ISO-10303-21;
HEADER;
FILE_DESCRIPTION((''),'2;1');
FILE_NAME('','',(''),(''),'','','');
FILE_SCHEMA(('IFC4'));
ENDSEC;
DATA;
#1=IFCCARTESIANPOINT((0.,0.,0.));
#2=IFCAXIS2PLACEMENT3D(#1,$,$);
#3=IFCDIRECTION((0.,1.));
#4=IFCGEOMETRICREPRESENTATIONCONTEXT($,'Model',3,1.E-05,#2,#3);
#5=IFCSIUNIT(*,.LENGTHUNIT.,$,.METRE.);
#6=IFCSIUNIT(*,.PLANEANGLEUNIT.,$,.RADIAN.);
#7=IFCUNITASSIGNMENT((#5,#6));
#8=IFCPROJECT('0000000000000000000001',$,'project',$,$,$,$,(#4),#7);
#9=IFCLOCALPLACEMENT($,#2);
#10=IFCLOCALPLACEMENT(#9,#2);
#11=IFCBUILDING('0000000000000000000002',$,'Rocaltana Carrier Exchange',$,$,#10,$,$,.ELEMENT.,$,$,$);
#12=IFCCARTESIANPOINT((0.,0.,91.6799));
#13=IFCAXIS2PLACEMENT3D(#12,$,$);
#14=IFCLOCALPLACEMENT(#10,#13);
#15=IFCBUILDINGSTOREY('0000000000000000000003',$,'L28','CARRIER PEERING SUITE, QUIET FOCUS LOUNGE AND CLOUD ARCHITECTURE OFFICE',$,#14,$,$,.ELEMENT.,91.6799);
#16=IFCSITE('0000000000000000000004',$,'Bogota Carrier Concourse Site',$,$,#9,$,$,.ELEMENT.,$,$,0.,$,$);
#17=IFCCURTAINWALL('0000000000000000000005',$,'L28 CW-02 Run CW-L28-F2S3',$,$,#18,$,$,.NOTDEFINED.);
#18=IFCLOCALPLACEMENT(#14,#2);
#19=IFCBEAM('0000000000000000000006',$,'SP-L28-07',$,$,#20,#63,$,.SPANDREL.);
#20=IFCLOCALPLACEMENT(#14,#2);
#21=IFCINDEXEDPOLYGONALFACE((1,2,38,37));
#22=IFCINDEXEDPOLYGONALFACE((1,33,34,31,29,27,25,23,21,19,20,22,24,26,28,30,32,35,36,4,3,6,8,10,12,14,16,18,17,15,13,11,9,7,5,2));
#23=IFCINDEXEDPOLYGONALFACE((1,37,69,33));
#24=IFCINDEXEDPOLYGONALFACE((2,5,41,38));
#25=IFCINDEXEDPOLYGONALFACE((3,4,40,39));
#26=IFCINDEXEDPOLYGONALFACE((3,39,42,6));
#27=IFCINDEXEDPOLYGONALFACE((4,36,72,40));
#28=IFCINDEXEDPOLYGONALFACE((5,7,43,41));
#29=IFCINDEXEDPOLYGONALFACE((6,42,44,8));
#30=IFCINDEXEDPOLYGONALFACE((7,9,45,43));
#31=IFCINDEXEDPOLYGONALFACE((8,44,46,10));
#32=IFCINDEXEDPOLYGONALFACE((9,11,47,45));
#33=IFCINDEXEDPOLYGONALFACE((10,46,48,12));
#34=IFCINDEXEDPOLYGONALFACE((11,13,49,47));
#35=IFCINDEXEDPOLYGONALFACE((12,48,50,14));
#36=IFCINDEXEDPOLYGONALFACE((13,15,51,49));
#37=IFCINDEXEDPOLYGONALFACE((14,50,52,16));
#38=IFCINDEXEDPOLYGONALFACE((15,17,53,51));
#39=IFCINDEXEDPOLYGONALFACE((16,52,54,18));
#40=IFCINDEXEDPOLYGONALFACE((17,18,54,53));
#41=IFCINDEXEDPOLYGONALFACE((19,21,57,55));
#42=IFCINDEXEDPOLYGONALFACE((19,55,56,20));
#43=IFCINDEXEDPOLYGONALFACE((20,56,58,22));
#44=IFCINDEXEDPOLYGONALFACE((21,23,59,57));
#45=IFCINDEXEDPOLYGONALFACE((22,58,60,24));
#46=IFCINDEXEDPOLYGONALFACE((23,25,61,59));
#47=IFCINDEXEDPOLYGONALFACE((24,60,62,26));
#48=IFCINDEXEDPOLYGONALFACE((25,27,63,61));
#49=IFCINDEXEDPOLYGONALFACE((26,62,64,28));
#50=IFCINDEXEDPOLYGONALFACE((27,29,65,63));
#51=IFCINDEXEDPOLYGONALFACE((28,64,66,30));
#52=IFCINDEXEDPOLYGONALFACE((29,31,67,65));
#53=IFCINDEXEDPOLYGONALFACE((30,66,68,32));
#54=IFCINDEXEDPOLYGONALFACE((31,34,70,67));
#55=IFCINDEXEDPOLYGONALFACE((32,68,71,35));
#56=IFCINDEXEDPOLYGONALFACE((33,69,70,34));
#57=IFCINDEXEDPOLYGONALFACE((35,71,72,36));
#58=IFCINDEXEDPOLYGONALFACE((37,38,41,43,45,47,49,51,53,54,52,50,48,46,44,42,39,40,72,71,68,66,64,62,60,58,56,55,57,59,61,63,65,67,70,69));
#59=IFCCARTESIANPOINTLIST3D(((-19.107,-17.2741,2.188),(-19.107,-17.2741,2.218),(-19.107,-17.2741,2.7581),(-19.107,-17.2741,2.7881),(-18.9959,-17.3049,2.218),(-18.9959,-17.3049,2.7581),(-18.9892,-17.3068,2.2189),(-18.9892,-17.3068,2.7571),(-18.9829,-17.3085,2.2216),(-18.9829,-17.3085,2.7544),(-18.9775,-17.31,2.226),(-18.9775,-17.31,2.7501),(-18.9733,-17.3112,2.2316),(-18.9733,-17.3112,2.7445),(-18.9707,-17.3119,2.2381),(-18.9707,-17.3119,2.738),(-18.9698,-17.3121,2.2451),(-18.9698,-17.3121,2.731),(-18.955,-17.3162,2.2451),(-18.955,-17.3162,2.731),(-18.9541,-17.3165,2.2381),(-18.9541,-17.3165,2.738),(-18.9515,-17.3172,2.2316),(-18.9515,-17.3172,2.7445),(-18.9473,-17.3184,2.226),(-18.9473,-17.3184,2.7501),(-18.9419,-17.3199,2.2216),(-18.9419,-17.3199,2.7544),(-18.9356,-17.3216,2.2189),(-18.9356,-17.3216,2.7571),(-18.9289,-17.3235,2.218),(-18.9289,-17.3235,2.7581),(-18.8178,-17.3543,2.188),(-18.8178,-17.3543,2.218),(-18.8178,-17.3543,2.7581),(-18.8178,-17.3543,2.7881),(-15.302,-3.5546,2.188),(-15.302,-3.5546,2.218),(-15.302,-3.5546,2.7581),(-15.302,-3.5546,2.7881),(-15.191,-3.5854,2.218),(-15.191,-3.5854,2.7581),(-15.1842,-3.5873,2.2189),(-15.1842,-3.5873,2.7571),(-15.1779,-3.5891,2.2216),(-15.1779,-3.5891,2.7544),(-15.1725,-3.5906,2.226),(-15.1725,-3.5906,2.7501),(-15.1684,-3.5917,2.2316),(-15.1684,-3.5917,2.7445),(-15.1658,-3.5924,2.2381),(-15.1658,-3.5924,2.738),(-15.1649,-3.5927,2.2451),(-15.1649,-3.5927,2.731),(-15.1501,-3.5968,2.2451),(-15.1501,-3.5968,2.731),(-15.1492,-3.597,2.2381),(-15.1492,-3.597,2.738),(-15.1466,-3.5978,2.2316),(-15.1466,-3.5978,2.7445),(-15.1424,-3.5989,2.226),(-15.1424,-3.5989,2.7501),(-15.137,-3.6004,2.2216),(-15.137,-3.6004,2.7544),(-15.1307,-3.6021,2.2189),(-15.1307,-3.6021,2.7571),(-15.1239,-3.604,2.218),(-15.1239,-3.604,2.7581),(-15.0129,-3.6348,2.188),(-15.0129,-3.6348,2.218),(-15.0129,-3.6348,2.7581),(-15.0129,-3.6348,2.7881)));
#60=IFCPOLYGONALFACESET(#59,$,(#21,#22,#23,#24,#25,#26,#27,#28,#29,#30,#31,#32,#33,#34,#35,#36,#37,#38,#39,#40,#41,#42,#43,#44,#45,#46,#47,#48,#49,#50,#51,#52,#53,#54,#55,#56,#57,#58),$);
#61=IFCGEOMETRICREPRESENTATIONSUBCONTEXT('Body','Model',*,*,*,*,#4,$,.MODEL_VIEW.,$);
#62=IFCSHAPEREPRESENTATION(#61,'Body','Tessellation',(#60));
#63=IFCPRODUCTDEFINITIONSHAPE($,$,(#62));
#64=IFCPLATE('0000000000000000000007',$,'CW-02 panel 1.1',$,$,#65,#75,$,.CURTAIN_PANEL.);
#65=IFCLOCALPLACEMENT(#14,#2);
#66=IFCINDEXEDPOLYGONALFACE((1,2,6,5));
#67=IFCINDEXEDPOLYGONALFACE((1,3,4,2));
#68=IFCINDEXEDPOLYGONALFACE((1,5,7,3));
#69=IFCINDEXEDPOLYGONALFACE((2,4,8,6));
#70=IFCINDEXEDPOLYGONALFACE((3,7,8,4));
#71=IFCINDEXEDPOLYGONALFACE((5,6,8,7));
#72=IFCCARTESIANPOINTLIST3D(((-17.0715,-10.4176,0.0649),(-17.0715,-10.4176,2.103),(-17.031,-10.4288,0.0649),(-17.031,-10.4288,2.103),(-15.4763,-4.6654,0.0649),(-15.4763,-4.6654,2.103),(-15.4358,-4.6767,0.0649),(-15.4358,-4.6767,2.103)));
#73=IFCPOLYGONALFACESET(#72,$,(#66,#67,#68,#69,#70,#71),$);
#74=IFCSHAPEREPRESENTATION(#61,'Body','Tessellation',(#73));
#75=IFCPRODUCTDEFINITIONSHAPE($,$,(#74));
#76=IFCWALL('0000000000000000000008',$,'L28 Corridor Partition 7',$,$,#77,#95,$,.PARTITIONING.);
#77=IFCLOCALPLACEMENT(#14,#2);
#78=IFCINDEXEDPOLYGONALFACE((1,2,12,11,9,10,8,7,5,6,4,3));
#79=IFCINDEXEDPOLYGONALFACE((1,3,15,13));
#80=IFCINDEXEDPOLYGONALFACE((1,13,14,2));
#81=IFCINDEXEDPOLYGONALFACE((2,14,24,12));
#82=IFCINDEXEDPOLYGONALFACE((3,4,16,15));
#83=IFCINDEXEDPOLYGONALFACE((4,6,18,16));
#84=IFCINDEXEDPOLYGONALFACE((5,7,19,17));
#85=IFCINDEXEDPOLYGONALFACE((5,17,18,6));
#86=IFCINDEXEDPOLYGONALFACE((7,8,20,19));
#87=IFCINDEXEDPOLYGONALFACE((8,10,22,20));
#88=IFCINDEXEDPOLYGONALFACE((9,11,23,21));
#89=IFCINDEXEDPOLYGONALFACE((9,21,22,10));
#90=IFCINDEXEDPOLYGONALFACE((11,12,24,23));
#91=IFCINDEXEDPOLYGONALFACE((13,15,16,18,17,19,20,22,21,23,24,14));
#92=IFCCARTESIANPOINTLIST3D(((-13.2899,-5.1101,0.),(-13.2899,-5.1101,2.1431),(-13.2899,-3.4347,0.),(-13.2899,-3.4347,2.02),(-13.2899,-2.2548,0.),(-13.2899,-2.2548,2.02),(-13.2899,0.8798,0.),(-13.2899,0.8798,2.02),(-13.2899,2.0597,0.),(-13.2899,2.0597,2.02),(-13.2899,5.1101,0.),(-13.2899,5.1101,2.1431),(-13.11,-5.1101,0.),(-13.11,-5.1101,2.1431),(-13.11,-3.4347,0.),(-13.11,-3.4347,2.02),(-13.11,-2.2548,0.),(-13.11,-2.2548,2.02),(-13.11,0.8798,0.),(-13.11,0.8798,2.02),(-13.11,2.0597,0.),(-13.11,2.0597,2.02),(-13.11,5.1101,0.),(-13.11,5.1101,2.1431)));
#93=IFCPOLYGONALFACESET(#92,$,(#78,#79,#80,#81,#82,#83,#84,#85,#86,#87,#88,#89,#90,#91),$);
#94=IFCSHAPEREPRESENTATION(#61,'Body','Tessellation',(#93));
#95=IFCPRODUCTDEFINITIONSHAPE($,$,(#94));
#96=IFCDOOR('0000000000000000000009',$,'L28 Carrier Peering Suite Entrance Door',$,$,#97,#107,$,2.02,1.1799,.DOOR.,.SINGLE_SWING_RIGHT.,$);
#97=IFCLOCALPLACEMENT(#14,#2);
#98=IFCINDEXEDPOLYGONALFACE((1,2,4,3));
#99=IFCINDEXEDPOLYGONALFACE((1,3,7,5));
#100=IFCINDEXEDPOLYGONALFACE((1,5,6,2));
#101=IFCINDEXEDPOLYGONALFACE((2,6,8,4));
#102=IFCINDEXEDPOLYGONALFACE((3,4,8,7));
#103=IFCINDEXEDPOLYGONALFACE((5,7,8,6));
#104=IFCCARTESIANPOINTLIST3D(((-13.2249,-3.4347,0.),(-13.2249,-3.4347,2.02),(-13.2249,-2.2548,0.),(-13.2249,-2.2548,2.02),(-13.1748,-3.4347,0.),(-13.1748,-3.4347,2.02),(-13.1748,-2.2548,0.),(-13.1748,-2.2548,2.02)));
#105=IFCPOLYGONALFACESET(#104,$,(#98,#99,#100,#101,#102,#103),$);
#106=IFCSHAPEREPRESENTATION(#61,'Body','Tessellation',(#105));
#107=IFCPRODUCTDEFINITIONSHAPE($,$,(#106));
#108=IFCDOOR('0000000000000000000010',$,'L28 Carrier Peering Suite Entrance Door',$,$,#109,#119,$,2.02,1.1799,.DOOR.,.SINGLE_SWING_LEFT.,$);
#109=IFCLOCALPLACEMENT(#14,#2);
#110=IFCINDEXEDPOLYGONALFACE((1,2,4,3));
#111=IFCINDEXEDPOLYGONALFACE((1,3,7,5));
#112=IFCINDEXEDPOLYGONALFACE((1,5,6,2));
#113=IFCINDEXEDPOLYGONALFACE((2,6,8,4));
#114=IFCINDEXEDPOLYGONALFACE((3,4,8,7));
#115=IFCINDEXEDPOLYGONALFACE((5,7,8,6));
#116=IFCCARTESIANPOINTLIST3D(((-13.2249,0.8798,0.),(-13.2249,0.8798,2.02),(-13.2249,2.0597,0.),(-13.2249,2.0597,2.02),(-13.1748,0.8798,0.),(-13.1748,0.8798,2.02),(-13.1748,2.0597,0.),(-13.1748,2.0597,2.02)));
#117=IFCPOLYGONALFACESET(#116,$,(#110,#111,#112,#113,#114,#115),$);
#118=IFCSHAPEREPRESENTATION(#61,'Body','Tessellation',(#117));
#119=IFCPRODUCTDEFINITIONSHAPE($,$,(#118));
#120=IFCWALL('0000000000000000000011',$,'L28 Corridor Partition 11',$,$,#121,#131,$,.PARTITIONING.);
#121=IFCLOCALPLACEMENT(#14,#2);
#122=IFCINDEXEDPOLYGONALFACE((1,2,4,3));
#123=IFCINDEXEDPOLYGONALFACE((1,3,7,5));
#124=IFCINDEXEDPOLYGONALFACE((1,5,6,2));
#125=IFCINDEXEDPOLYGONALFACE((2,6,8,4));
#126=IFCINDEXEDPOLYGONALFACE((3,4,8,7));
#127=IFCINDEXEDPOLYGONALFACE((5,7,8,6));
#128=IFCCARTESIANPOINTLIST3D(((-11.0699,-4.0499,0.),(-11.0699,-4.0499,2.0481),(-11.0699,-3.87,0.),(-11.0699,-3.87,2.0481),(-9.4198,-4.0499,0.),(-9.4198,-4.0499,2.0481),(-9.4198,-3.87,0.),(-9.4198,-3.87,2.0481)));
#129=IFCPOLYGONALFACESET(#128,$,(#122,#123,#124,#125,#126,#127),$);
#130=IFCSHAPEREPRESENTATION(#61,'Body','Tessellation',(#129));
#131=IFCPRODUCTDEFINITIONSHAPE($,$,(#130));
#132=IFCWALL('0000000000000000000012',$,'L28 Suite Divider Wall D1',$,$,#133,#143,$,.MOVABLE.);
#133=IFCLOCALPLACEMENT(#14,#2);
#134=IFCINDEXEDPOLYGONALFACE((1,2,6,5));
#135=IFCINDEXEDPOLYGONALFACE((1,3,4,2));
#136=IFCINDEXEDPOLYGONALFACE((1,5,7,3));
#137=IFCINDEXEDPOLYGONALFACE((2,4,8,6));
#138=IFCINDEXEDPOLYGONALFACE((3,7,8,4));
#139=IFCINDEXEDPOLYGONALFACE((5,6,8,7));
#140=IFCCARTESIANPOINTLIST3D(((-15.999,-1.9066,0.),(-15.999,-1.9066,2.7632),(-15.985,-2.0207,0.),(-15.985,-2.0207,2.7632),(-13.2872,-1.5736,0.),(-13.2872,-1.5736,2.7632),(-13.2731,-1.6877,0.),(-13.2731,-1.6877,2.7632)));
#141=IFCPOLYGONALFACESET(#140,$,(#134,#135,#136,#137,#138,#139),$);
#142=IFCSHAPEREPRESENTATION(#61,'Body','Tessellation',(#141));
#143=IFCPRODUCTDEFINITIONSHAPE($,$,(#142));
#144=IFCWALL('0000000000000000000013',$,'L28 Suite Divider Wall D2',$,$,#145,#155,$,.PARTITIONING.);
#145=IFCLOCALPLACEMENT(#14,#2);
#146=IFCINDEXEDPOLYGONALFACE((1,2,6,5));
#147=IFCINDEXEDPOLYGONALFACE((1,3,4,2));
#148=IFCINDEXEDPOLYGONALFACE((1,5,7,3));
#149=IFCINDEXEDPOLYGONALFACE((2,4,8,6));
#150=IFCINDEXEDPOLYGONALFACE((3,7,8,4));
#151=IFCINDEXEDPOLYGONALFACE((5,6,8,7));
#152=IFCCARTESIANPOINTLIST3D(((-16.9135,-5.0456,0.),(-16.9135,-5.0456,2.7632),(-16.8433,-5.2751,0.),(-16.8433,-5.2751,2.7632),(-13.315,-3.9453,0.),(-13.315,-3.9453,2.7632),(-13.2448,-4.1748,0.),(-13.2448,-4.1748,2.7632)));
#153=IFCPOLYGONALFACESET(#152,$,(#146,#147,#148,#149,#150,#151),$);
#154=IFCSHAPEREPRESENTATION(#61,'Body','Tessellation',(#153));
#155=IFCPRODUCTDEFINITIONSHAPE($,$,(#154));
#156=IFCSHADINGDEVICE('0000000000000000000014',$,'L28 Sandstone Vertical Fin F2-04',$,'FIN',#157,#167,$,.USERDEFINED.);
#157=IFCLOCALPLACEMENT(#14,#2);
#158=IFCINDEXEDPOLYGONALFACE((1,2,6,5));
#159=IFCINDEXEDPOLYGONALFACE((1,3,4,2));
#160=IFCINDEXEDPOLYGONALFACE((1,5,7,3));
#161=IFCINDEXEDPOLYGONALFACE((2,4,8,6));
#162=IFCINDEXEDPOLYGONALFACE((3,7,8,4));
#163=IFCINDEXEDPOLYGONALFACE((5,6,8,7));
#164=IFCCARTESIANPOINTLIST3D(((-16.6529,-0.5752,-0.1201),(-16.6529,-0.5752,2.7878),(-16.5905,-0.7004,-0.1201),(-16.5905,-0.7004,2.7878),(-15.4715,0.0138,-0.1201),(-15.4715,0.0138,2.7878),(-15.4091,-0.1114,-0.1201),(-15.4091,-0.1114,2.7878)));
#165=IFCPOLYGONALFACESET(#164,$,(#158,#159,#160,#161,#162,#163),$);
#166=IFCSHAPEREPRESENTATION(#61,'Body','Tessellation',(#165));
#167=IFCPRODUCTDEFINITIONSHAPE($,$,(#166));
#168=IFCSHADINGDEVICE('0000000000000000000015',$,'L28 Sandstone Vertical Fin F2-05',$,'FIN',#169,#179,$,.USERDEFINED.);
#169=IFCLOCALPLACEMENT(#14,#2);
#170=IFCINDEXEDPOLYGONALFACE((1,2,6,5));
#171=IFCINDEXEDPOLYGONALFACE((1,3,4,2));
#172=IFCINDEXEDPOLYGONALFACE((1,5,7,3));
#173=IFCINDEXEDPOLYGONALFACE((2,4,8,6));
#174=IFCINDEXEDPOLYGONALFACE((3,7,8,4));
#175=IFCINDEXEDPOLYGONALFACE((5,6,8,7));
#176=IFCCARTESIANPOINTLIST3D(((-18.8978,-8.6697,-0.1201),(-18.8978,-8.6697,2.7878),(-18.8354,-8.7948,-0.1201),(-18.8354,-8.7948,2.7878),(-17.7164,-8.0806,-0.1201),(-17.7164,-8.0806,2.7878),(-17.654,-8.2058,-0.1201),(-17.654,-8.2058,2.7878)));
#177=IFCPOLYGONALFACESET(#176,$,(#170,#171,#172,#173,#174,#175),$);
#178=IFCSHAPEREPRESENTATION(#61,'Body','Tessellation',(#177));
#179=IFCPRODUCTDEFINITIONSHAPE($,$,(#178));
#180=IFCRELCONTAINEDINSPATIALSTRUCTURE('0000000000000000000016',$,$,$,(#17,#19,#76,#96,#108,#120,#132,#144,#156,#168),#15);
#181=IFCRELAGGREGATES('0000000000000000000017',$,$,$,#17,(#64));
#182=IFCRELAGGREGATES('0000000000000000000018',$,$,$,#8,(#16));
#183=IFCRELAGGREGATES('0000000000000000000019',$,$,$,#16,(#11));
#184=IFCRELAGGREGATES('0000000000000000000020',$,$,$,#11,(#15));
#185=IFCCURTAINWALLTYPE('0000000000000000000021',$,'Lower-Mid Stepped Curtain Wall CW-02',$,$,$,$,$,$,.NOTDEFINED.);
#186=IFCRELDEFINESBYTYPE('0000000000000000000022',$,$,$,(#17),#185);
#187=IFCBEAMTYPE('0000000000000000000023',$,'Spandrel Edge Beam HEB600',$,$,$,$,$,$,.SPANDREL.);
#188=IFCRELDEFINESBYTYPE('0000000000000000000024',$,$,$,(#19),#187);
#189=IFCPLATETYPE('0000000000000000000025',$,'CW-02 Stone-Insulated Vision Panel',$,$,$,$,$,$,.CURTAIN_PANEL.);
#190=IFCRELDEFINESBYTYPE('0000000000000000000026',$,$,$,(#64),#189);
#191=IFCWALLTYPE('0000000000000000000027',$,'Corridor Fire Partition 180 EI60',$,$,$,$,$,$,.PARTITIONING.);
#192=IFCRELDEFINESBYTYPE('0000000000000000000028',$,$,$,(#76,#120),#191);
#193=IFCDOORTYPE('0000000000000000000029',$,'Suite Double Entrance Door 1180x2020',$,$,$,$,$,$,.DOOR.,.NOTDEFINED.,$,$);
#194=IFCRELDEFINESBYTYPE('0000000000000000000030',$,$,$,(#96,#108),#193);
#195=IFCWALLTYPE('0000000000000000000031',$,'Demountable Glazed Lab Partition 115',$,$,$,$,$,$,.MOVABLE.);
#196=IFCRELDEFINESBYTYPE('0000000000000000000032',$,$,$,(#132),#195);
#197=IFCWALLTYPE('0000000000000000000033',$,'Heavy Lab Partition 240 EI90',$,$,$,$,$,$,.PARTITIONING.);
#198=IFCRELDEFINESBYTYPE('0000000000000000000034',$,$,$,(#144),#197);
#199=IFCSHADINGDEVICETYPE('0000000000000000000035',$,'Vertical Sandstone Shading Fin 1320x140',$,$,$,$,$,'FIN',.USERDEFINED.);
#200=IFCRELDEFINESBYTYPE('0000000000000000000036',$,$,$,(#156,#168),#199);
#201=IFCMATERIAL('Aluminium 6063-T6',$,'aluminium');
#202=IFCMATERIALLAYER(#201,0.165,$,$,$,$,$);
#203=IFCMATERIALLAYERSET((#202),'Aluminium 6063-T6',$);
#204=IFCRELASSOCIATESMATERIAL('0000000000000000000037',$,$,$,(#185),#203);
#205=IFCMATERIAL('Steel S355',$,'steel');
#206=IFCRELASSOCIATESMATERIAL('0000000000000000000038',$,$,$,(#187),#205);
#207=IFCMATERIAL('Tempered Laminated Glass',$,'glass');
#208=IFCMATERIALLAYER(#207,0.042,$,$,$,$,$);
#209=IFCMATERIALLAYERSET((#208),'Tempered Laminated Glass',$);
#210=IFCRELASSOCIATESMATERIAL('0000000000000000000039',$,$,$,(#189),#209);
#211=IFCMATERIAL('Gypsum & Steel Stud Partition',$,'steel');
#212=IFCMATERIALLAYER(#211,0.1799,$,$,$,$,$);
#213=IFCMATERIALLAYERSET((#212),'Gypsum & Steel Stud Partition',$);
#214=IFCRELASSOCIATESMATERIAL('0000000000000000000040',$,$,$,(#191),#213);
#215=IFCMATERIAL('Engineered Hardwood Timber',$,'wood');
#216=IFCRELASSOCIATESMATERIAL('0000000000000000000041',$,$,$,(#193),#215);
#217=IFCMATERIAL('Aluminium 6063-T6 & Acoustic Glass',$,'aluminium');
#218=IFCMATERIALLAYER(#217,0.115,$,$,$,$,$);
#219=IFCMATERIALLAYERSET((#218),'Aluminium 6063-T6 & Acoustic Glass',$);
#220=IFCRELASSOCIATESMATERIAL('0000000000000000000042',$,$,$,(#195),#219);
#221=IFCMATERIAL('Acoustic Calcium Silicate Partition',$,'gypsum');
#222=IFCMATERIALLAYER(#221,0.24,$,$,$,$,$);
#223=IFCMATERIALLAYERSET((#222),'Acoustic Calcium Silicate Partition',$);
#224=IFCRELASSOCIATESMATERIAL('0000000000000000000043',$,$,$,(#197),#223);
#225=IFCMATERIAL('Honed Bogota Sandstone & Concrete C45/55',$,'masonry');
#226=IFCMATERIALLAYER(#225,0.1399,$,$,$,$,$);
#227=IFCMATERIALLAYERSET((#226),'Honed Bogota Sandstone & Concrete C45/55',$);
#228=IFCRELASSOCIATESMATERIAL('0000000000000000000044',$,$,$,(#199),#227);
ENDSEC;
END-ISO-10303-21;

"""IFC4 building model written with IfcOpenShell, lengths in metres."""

from ifc_helpers import new_model, si_unit, direction, frame, frame_2d, origin, origin_2d, place, context, subcontext, project, spatial, rectangle, i_section, extrude, material, layer, layer_set, material_profile, profile_set, type_object, element, fill, aggregate, save


model = new_model("IFC4")

# Units and contexts
model_context = context("Model", 3, precision=1e-05, world=origin(), true_north=direction((0.0, 1.0)))
body_context = subcontext(model_context, "Body", "Model", "MODEL_VIEW")
ifc_project = project(units=[si_unit("LENGTHUNIT", "METRE"), si_unit("PLANEANGLEUNIT", "RADIAN")], contexts=[model_context])

# Site, building, storey
site_placement = place(None, origin())
site = spatial("IfcSite", under=ifc_project, at=site_placement, Name="Bogota Carrier Concourse Site", CompositionType="ELEMENT", RefElevation=0.0)
building_placement = place(site_placement, origin())
building = spatial("IfcBuilding", under=site, at=building_placement, Name="Rocaltana Carrier Exchange", CompositionType="ELEMENT")
storey_placement = place(building_placement, frame((0.0, 0.0, 91.6799)))
storey = spatial("IfcBuildingStorey", under=building, at=storey_placement, Name="L28", Description="CARRIER PEERING SUITE, QUIET FOCUS LOUNGE AND CLOUD ARCHITECTURE OFFICE", CompositionType="ELEMENT", Elevation=91.6799)

# Shared definitions
ifc_material_1 = material(Name="Aluminium 6063-T6", Category="aluminium")
ifc_layer_1 = layer(ifc_material_1, 0.165)
ifc_layer_set_1 = layer_set([ifc_layer_1], Name="Aluminium 6063-T6")
curtain_wall_type = type_object("IfcCurtainWallType", Name="Lower-Mid Stepped Curtain Wall CW-02", PredefinedType="NOTDEFINED", material=ifc_layer_set_1)

# Curtain wall
curtain_wall_1_placement = place(storey_placement, origin())
curtain_wall_1 = element("IfcCurtainWall", 1, at=curtain_wall_1_placement, inside=storey, type_object=curtain_wall_type, Name="L28 CW-02 Run CW-L28-F2S3", PredefinedType="NOTDEFINED")

# Beam
ifc_material_2 = material(Name="Steel S355", Category="steel")
ifc_material_profile_1 = material_profile(ifc_material_2, i_section(OverallWidth=0.3, OverallDepth=0.6001, WebThickness=0.0154, FlangeThickness=0.03, FilletRadius=0.0271, at=origin_2d()), Name="HEB600")
ifc_profile_set_1 = profile_set([ifc_material_profile_1], Name="Steel S355")
beam_type_1 = type_object("IfcBeamType", Name="Spandrel Edge Beam HEB600", PredefinedType="SPANDREL", material=ifc_profile_set_1)
beam_1_placement = place(storey_placement, frame((-15.1575, -3.5947, 2.488), z_axis=(-0.26725, -0.963627, 0.0), x_axis=(0.963627, -0.26725, 0.0)))
element("IfcBeam", 2, at=beam_1_placement, inside=storey, type_object=beam_type_1, Name="SP-L28-07", PredefinedType="SPANDREL", context=body_context, shape_type="SweptSolid", body=[
    extrude(i_section(OverallWidth=0.3, OverallDepth=0.6001, WebThickness=0.0154, FlangeThickness=0.03, FilletRadius=0.0271, at=origin_2d()), origin(), (0.0, 0.0, 1.0), 14.2373),
])

# Plate
ifc_material_3 = material(Name="Tempered Laminated Glass", Category="glass")
ifc_layer_2 = layer(ifc_material_3, 0.042)
ifc_layer_set_2 = layer_set([ifc_layer_2], Name="Tempered Laminated Glass")
plate_type = type_object("IfcPlateType", Name="CW-02 Stone-Insulated Vision Panel", PredefinedType="CURTAIN_PANEL", material=ifc_layer_set_2)
plate_placement = place(storey_placement, frame((-16.2537, -7.5471, 0.0649), z_axis=(0.0, 0.0, 1.0), x_axis=(-0.267243, -0.963629, 0.0)))
plate = element("IfcPlate", 3, at=plate_placement, type_object=plate_type, Name="CW-02 panel 1.1", PredefinedType="CURTAIN_PANEL", context=body_context, shape_type="SweptSolid", body=[
    extrude(rectangle(XDim=5.9692, YDim=0.042, at=origin_2d()), origin(), (0.0, 0.0, 1.0), 2.0381),
])
aggregate(curtain_wall_1, [plate])

# Wall, openings, doors
ifc_material_4 = material(Name="Gypsum & Steel Stud Partition", Category="steel")
ifc_layer_3 = layer(ifc_material_4, 0.1799)
ifc_layer_set_3 = layer_set([ifc_layer_3], Name="Gypsum & Steel Stud Partition")
wall_type_1 = type_object("IfcWallType", Name="Corridor Fire Partition 180 EI60", PredefinedType="PARTITIONING", material=ifc_layer_set_3)
wall_1_placement = place(storey_placement, frame((-13.2, -5.1101, 0.0), z_axis=(0.0, 0.0, 1.0), x_axis=(0.0, 1.0, 0.0)))
wall_1 = element("IfcWall", 4, at=wall_1_placement, inside=storey, type_object=wall_type_1, Name="L28 Corridor Partition 7", PredefinedType="PARTITIONING", context=body_context, shape_type="SweptSolid", body=[
    extrude(rectangle(XDim=10.2202, YDim=0.1799, at=frame_2d((5.1101, 0.0))), origin(), (0.0, 0.0, 1.0), 2.1431),
])
opening_1_placement = place(wall_1_placement, frame((1.6755, 0.0, 0.0)))
opening_1 = element("IfcOpeningElement", 5, at=opening_1_placement, cuts=wall_1, PredefinedType="OPENING", context=body_context, shape_type="SweptSolid", body=[
    extrude(rectangle(XDim=1.1799, YDim=2.02, at=frame_2d((0.5898, 1.01))), frame((0.0, 0.0999, 0.0), z_axis=(0.0, -1.0, 0.0), x_axis=(1.0, 0.0, 0.0)), (0.0, 0.0, 1.0), 0.2),
])
opening_2_placement = place(wall_1_placement, frame((5.99, 0.0, 0.0)))
opening_2 = element("IfcOpeningElement", 6, at=opening_2_placement, cuts=wall_1, PredefinedType="OPENING", context=body_context, shape_type="SweptSolid", body=[
    extrude(rectangle(XDim=1.1799, YDim=2.02, at=frame_2d((0.5898, 1.01))), frame((0.0, 0.0999, 0.0), z_axis=(0.0, -1.0, 0.0), x_axis=(1.0, 0.0, 0.0)), (0.0, 0.0, 1.0), 0.2),
])
ifc_material_5 = material(Name="Engineered Hardwood Timber", Category="wood")
door_type = type_object("IfcDoorType", Name="Suite Double Entrance Door 1180x2020", OperationType="NOTDEFINED", PredefinedType="DOOR", material=ifc_material_5)
door_1_placement = place(opening_1_placement, origin())
door_1 = element("IfcDoor", 7, at=door_1_placement, inside=storey, type_object=door_type, Name="L28 Carrier Peering Suite Entrance Door", OperationType="SINGLE_SWING_RIGHT", OverallHeight=2.02, OverallWidth=1.1799, PredefinedType="DOOR", context=body_context, shape_type="SweptSolid", body=[
    extrude(rectangle(XDim=1.1799, YDim=2.02, at=frame_2d((0.5898, 1.01))), frame((0.0, 0.0249, 0.0), z_axis=(0.0, -1.0, 0.0), x_axis=(1.0, 0.0, 0.0)), (0.0, 0.0, 1.0), 0.05),
])
fill(opening_1, door_1)
door_2_placement = place(opening_2_placement, origin())
door_2 = element("IfcDoor", 8, at=door_2_placement, inside=storey, type_object=door_type, Name="L28 Carrier Peering Suite Entrance Door", OperationType="SINGLE_SWING_LEFT", OverallHeight=2.02, OverallWidth=1.1799, PredefinedType="DOOR", context=body_context, shape_type="SweptSolid", body=[
    extrude(rectangle(XDim=1.1799, YDim=2.02, at=frame_2d((0.5898, 1.01))), frame((0.0, 0.0249, 0.0), z_axis=(0.0, -1.0, 0.0), x_axis=(1.0, 0.0, 0.0)), (0.0, 0.0, 1.0), 0.05),
])
fill(opening_2, door_2)

# Walls
wall_2_placement = place(storey_placement, frame((-11.0701, -3.96, 0.0), z_axis=(0.0, 0.0, 1.0), x_axis=(1.0, 0.0, 0.0)))
element("IfcWall", 9, at=wall_2_placement, inside=storey, type_object=wall_type_1, Name="L28 Corridor Partition 11", PredefinedType="PARTITIONING", context=body_context, shape_type="SweptSolid", body=[
    extrude(rectangle(XDim=1.6501, YDim=0.1799, at=frame_2d((0.8252, 0.0))), origin(), (0.0, 0.0, 1.0), 2.0481),
])
ifc_material_6 = material(Name="Aluminium 6063-T6 & Acoustic Glass", Category="aluminium")
ifc_layer_4 = layer(ifc_material_6, 0.115)
ifc_layer_set_4 = layer_set([ifc_layer_4], Name="Aluminium 6063-T6 & Acoustic Glass")
wall_type_2 = type_object("IfcWallType", Name="Demountable Glazed Lab Partition 115", PredefinedType="MOVABLE", material=ifc_layer_set_4)
wall_3_placement = place(storey_placement, frame((-13.28, -1.6306, 0.0), z_axis=(0.0, 0.0, 1.0), x_axis=(-0.992545, -0.121879, 0.0)))
element("IfcWall", 10, at=wall_3_placement, inside=storey, type_object=wall_type_2, Name="L28 Suite Divider Wall D1", PredefinedType="MOVABLE", context=body_context, shape_type="SweptSolid", body=[
    extrude(rectangle(XDim=2.7322, YDim=0.115, at=frame_2d((1.3662, 0.0))), origin(), (0.0, 0.0, 1.0), 2.7632),
])
ifc_material_7 = material(Name="Acoustic Calcium Silicate Partition", Category="gypsum")
ifc_layer_5 = layer(ifc_material_7, 0.24)
ifc_layer_set_5 = layer_set([ifc_layer_5], Name="Acoustic Calcium Silicate Partition")
wall_type_3 = type_object("IfcWallType", Name="Heavy Lab Partition 240 EI90", PredefinedType="PARTITIONING", material=ifc_layer_set_5)
wall_4_placement = place(storey_placement, frame((-13.28, -4.0601, 0.0), z_axis=(0.0, 0.0, 1.0), x_axis=(-0.95629, -0.292421, 0.0)))
element("IfcWall", 11, at=wall_4_placement, inside=storey, type_object=wall_type_3, Name="L28 Suite Divider Wall D2", PredefinedType="PARTITIONING", context=body_context, shape_type="SweptSolid", body=[
    extrude(rectangle(XDim=3.7629, YDim=0.24, at=frame_2d((1.8813, 0.0))), origin(), (0.0, 0.0, 1.0), 2.7632),
])

# Shading devices
ifc_material_8 = material(Name="Honed Bogota Sandstone & Concrete C45/55", Category="masonry")
ifc_layer_6 = layer(ifc_material_8, 0.1399)
ifc_layer_set_6 = layer_set([ifc_layer_6], Name="Honed Bogota Sandstone & Concrete C45/55")
shading_device_type = type_object("IfcShadingDeviceType", Name="Vertical Sandstone Shading Fin 1320x140", ElementType="FIN", PredefinedType="USERDEFINED", material=ifc_layer_set_6)
for number, where, z_axis, x_axis, name in (
    (12, (-16.031, -0.3433, -0.1201), (0.0, 0.0, 1.0), (-0.894934, -0.446198, 0.0), "L28 Sandstone Vertical Fin F2-04"),
    (13, (-18.2759, -8.4377, -0.1201), (0.0, 0.0, 1.0), (-0.894934, -0.446198, 0.0), "L28 Sandstone Vertical Fin F2-05"),
):
    element("IfcShadingDevice", number, at=place(storey_placement, frame(where, z_axis=z_axis, x_axis=x_axis)), inside=storey, type_object=shading_device_type, Name=name, ObjectType="FIN", PredefinedType="USERDEFINED", context=body_context, shape_type="SweptSolid", body=[
        extrude(rectangle(XDim=1.3201, YDim=0.1399, at=origin_2d()), origin(), (0.0, 0.0, 1.0), 2.908),
    ])

save(model, "model.ifc")
